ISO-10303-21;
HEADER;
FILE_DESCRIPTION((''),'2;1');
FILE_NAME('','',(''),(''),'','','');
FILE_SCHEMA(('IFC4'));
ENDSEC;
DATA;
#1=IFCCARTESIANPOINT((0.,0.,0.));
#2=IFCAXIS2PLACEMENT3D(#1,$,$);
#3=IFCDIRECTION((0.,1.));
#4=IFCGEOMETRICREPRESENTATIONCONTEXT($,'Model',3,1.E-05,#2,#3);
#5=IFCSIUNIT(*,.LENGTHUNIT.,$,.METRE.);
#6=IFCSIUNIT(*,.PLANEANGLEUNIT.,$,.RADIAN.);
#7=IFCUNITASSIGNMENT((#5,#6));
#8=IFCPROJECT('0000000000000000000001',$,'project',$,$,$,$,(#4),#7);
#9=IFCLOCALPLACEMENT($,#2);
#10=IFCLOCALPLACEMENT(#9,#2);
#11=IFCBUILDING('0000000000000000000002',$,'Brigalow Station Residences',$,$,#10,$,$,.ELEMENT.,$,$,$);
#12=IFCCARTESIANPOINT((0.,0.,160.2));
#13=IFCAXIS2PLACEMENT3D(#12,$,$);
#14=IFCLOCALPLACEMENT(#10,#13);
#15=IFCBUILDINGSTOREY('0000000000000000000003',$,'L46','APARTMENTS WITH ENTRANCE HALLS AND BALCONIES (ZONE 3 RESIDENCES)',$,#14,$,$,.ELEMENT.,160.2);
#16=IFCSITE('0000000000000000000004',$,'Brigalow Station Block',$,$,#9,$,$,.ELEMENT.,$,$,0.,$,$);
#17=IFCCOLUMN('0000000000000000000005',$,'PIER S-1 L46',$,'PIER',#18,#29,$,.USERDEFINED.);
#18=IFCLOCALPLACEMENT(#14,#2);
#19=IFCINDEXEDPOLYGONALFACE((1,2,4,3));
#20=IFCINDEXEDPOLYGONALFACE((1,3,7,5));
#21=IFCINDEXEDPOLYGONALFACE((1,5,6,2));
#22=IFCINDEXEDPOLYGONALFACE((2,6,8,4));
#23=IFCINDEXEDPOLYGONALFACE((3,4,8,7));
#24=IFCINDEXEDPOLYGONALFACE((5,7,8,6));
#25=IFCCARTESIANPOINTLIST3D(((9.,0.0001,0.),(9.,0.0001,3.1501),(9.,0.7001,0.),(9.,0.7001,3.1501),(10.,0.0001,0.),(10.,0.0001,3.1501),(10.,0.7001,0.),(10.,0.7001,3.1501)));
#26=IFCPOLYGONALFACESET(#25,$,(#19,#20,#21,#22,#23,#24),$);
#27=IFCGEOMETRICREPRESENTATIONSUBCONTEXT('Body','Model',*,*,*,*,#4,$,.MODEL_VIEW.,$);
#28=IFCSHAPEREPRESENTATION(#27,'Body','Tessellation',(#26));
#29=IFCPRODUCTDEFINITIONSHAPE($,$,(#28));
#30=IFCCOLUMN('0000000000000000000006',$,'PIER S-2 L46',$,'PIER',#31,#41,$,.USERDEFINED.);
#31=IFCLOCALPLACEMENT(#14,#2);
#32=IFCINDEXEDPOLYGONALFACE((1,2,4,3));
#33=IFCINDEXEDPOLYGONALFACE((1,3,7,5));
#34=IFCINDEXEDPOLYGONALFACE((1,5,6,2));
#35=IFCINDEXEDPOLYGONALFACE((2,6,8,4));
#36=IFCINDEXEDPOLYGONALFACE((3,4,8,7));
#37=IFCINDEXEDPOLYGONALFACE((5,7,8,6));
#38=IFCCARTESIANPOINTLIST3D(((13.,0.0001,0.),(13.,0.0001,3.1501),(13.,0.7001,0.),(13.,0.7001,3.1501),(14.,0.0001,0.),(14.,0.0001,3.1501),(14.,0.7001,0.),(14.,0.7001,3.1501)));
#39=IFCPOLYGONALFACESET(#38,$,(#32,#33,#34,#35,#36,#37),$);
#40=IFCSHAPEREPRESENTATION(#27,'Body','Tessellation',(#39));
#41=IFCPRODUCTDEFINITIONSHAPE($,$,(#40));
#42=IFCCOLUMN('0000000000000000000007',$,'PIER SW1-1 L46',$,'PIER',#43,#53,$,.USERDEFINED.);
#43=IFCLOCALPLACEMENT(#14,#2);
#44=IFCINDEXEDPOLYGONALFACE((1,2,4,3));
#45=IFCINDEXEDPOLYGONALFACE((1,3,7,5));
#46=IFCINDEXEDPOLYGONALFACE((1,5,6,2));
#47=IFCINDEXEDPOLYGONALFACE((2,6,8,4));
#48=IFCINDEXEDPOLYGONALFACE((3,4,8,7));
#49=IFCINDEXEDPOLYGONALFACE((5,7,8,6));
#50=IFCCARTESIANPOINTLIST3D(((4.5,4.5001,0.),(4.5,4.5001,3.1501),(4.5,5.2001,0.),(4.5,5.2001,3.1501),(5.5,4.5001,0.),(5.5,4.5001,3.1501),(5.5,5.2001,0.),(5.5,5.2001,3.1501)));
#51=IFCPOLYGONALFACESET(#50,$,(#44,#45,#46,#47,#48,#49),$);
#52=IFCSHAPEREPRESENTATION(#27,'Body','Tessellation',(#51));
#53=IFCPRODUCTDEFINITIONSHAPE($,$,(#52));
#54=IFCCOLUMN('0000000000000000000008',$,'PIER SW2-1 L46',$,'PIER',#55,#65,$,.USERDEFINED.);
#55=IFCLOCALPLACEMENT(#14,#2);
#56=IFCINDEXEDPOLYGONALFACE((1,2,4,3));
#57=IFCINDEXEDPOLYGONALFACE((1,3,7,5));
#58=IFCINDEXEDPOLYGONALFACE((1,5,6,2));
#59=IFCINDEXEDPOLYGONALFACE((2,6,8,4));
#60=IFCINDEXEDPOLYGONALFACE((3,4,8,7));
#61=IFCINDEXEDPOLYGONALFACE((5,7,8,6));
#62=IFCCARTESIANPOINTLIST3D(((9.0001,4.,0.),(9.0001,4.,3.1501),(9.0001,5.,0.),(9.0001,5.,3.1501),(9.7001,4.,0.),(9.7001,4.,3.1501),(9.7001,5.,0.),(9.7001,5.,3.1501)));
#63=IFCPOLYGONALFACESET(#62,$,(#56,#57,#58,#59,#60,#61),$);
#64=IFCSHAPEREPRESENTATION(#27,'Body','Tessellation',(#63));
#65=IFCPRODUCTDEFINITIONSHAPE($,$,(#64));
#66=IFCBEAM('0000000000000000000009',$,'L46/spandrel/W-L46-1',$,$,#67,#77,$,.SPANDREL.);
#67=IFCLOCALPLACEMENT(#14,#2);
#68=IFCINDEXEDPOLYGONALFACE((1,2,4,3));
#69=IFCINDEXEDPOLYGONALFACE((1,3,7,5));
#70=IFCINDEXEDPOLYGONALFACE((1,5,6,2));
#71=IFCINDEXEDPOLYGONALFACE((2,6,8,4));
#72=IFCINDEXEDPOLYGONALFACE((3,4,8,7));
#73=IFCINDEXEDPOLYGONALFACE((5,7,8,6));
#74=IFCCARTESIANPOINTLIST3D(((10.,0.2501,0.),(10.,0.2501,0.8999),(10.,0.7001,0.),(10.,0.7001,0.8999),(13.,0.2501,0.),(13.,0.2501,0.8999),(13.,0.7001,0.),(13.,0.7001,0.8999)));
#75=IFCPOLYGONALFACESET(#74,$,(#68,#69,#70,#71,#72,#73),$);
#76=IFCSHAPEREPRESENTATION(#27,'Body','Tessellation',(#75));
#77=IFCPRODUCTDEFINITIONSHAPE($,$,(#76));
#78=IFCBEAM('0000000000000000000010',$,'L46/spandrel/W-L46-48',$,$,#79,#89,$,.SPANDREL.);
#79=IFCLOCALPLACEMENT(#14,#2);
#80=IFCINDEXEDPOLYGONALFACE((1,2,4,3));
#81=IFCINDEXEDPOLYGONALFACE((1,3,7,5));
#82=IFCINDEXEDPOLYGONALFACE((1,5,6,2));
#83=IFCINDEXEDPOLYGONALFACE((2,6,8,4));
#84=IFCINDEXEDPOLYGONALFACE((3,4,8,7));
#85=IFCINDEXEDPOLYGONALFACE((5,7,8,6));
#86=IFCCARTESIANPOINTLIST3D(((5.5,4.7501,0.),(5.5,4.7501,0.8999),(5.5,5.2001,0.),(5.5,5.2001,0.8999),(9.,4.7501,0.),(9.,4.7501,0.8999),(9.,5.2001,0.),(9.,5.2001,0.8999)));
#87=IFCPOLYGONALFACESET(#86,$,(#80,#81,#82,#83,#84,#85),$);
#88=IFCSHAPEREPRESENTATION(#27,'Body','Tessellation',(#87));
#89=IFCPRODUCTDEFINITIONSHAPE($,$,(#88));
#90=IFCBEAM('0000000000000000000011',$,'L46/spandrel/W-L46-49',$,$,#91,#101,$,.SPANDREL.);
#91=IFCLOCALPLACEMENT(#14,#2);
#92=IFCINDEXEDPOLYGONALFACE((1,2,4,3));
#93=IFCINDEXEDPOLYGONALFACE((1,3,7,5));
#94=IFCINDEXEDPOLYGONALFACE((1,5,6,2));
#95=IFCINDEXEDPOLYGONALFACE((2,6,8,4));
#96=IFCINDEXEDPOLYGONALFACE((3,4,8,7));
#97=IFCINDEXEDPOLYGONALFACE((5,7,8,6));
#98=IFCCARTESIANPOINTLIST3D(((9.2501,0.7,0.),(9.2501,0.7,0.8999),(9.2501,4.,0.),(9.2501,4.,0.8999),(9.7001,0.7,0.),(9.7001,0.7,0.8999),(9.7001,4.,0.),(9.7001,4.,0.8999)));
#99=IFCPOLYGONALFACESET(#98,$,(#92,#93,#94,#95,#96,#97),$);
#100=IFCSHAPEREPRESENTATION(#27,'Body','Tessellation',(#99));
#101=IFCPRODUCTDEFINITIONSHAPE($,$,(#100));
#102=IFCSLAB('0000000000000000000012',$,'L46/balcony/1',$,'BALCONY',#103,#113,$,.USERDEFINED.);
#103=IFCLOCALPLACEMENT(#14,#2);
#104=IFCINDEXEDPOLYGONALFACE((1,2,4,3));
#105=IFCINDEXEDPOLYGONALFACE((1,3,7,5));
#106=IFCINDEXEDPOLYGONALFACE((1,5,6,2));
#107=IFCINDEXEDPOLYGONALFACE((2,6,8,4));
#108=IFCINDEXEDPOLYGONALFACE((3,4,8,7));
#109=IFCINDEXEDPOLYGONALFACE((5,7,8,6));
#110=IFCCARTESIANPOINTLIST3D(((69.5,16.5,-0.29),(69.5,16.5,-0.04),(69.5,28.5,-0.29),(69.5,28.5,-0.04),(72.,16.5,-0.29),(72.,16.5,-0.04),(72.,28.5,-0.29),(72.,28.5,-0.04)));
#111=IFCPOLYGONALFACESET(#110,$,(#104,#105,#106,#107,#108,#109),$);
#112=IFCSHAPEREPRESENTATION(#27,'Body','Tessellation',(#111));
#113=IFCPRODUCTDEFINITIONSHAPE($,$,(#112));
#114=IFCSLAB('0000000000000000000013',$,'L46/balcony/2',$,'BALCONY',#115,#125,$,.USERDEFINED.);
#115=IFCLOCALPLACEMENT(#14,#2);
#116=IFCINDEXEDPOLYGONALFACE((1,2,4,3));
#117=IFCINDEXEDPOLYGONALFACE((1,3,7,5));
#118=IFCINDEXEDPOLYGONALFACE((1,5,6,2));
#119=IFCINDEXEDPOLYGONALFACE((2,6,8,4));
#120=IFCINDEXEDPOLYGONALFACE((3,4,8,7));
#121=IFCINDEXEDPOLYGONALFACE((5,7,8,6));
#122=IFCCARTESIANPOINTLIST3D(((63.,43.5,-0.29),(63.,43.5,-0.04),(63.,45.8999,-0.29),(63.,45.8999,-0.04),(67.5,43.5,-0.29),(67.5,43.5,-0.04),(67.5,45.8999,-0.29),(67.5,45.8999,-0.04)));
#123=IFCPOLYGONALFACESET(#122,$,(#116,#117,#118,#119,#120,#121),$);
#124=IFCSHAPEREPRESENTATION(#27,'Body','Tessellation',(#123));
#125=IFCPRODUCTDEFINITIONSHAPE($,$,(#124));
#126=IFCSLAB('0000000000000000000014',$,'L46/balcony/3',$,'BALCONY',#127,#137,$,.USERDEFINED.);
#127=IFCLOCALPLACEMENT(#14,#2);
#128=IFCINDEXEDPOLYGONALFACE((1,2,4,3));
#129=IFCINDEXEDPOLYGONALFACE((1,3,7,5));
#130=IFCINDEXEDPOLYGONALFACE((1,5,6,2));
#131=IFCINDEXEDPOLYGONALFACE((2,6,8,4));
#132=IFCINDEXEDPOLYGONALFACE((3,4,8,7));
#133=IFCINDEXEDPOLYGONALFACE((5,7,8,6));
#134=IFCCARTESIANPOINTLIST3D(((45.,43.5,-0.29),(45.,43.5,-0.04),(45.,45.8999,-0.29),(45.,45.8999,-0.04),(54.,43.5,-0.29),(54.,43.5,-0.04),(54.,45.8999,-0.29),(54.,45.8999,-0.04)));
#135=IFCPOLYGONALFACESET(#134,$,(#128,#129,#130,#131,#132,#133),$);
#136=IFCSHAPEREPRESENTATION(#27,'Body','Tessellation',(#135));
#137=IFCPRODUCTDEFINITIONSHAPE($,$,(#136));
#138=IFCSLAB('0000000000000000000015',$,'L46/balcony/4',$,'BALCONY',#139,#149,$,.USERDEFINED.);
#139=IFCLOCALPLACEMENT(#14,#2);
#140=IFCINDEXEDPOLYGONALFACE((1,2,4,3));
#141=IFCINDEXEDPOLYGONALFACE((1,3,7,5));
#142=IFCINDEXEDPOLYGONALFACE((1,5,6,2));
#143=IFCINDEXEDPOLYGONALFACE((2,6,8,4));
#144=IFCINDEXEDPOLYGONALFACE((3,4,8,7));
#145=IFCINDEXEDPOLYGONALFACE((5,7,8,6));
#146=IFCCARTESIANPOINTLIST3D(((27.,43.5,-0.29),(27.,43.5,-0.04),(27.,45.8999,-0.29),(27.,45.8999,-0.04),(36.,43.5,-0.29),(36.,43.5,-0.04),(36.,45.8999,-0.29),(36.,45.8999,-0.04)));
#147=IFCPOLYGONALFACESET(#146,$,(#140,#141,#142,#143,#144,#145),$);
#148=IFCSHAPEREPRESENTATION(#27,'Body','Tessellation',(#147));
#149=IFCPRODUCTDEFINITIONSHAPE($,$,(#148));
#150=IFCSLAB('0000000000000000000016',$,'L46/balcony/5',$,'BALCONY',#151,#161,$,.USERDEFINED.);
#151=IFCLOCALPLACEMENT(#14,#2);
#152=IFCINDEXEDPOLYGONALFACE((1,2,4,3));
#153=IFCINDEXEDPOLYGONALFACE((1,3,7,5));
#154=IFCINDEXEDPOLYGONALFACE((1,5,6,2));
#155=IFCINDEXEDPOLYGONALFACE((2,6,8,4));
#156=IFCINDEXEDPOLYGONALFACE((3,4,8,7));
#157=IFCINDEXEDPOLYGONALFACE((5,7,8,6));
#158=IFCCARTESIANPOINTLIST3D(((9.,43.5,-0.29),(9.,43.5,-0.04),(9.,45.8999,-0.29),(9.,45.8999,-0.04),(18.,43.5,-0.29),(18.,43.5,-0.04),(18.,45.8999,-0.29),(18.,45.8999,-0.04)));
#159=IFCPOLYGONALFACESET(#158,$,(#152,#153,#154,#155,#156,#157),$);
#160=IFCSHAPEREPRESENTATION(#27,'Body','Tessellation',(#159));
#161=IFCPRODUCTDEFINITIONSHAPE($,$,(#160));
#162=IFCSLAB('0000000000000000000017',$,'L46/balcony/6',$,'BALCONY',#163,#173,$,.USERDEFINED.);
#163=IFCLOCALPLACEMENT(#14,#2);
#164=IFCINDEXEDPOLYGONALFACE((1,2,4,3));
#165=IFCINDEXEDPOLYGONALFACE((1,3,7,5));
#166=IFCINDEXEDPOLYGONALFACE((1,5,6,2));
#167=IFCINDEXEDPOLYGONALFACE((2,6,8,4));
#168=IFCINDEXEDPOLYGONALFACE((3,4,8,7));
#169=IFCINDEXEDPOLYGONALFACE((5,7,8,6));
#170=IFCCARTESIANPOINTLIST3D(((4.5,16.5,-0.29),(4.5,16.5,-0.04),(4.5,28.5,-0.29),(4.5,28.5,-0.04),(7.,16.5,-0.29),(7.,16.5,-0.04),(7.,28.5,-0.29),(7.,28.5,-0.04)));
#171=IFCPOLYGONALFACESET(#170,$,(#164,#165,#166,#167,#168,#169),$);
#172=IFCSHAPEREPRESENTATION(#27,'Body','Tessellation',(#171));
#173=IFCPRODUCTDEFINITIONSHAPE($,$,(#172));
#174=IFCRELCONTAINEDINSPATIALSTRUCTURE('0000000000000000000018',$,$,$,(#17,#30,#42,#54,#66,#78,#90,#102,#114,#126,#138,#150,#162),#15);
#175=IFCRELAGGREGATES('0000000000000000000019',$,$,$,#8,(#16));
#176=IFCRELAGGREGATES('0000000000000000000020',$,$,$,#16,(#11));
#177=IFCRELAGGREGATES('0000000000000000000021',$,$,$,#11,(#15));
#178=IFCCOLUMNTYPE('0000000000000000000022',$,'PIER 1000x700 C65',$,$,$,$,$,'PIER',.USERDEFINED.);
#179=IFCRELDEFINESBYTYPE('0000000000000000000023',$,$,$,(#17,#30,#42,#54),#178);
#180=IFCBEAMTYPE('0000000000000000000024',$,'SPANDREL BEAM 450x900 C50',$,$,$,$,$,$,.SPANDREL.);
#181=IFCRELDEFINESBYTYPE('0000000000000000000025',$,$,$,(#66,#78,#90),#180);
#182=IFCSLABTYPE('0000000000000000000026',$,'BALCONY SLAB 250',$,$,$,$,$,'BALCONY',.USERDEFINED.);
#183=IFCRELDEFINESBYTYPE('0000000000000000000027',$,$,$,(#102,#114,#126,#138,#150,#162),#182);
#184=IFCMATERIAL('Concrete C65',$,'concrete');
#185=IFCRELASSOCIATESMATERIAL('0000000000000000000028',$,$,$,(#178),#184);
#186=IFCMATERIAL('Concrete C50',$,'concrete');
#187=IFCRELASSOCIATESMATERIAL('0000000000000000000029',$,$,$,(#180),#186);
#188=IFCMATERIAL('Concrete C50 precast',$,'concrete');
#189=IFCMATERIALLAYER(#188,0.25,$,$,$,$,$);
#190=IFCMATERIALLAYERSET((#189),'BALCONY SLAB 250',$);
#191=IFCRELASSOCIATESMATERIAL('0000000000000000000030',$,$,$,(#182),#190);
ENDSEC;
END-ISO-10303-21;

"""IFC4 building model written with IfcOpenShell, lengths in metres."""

from ifc_helpers import new_model, si_unit, direction, frame, origin, origin_2d, place, context, subcontext, project, spatial, polyline, rectangle, outline, extrude, material, layer, layer_set, material_profile, profile_set, type_object, element, save


model = new_model("IFC4")

# Units and contexts
model_context = context("Model", 3, precision=1e-05, world=origin(), true_north=direction((0.0, 1.0)))
body_context = subcontext(model_context, "Body", "Model", "MODEL_VIEW")
ifc_project = project(units=[si_unit("LENGTHUNIT", "METRE"), si_unit("PLANEANGLEUNIT", "RADIAN")], contexts=[model_context])

# Site, building, storey
site_placement = place(None, origin())
site = spatial("IfcSite", under=ifc_project, at=site_placement, Name="Brigalow Station Block", CompositionType="ELEMENT", RefElevation=0.0)
building_placement = place(site_placement, origin())
building = spatial("IfcBuilding", under=site, at=building_placement, Name="Brigalow Station Residences", CompositionType="ELEMENT")
storey_placement = place(building_placement, frame((0.0, 0.0, 160.2)))
storey = spatial("IfcBuildingStorey", under=building, at=storey_placement, Name="L46", Description="APARTMENTS WITH ENTRANCE HALLS AND BALCONIES (ZONE 3 RESIDENCES)", CompositionType="ELEMENT", Elevation=160.2)

# Columns
ifc_material_1 = material(Name="Concrete C65", Category="concrete")
ifc_material_profile_1 = material_profile(ifc_material_1, rectangle(XDim=1.0, YDim=0.7, at=origin_2d()), Name="RC1000x700")
ifc_profile_set_1 = profile_set([ifc_material_profile_1], Name="Concrete C65")
column_type = type_object("IfcColumnType", Name="PIER 1000x700 C65", ElementType="PIER", PredefinedType="USERDEFINED", material=ifc_profile_set_1)
for number, where, z_axis, x_axis, name in (
    (1, (9.5, 0.3501, 0.0), (0.0, 0.0, 1.0), (1.0, 0.0, 0.0), "PIER S-1 L46"),
    (2, (13.5, 0.3501, 0.0), (0.0, 0.0, 1.0), (1.0, 0.0, 0.0), "PIER S-2 L46"),
    (3, (5.0, 4.8501, 0.0), (0.0, 0.0, 1.0), (1.0, 0.0, 0.0), "PIER SW1-1 L46"),
    (4, (9.3501, 4.5, 0.0), (0.0, 0.0, 1.0), (0.0, -1.0, 0.0), "PIER SW2-1 L46"),
):
    element("IfcColumn", number, at=place(storey_placement, frame(where, z_axis=z_axis, x_axis=x_axis)), inside=storey, type_object=column_type, Name=name, ObjectType="PIER", PredefinedType="USERDEFINED", context=body_context, shape_type="SweptSolid", body=[
        extrude(rectangle(XDim=1.0, YDim=0.7, at=origin_2d()), origin(), (0.0, 0.0, 1.0), 3.1501),
    ])

# Beams
ifc_material_2 = material(Name="Concrete C50", Category="concrete")
ifc_material_profile_2 = material_profile(ifc_material_2, rectangle(XDim=0.45, YDim=0.8999, at=origin_2d()), Name="RC450x900")
ifc_profile_set_2 = profile_set([ifc_material_profile_2], Name="Concrete C50")
beam_type = type_object("IfcBeamType", Name="SPANDREL BEAM 450x900 C50", PredefinedType="SPANDREL", material=ifc_profile_set_2)
beam_1_placement = place(storey_placement, frame((10.0, 0.4751, 0.45), z_axis=(1.0, 0.0, 0.0), x_axis=(0.0, 1.0, 0.0)))
element("IfcBeam", 5, at=beam_1_placement, inside=storey, type_object=beam_type, Name="L46/spandrel/W-L46-1", PredefinedType="SPANDREL", context=body_context, shape_type="SweptSolid", body=[
    extrude(rectangle(XDim=0.45, YDim=0.8999, at=origin_2d()), origin(), (0.0, 0.0, 1.0), 3.0),
])
beam_2_placement = place(storey_placement, frame((5.5, 4.9751, 0.45), z_axis=(1.0, 0.0, 0.0), x_axis=(0.0, 1.0, 0.0)))
element("IfcBeam", 6, at=beam_2_placement, inside=storey, type_object=beam_type, Name="L46/spandrel/W-L46-48", PredefinedType="SPANDREL", context=body_context, shape_type="SweptSolid", body=[
    extrude(rectangle(XDim=0.45, YDim=0.8999, at=origin_2d()), origin(), (0.0, 0.0, 1.0), 3.5),
])
beam_3_placement = place(storey_placement, frame((9.4751, 4.0, 0.45), z_axis=(0.0, -1.0, 0.0), x_axis=(1.0, 0.0, 0.0)))
element("IfcBeam", 7, at=beam_3_placement, inside=storey, type_object=beam_type, Name="L46/spandrel/W-L46-49", PredefinedType="SPANDREL", context=body_context, shape_type="SweptSolid", body=[
    extrude(rectangle(XDim=0.45, YDim=0.8999, at=origin_2d()), origin(), (0.0, 0.0, 1.0), 3.3),
])

# Slabs
ifc_material_3 = material(Name="Concrete C50 precast", Category="concrete")
ifc_layer_1 = layer(ifc_material_3, 0.25)
ifc_layer_set_1 = layer_set([ifc_layer_1], Name="BALCONY SLAB 250")
slab_type_1 = type_object("IfcSlabType", Name="BALCONY SLAB 250", ElementType="BALCONY", PredefinedType="USERDEFINED", material=ifc_layer_set_1)
slab_1_placement = place(storey_placement, frame((0.0, 0.0, -0.29)))
element("IfcSlab", 8, at=slab_1_placement, inside=storey, type_object=slab_type_1, Name="L46/balcony/1", ObjectType="BALCONY", PredefinedType="USERDEFINED", context=body_context, shape_type="SweptSolid", body=[
    extrude(outline(polyline([(69.5, 16.5), (72.0, 16.5), (72.0, 28.5), (69.5, 28.5), (69.5, 16.5)])), origin(), (0.0, 0.0, 1.0), 0.25),
])
slab_2_placement = place(storey_placement, frame((0.0, 0.0, -0.29)))
element("IfcSlab", 9, at=slab_2_placement, inside=storey, type_object=slab_type_1, Name="L46/balcony/2", ObjectType="BALCONY", PredefinedType="USERDEFINED", context=body_context, shape_type="SweptSolid", body=[
    extrude(outline(polyline([(67.5, 43.5), (67.5, 45.8999), (63.0, 45.8999), (63.0, 43.5), (67.5, 43.5)])), origin(), (0.0, 0.0, 1.0), 0.25),
])
slab_3_placement = place(storey_placement, frame((0.0, 0.0, -0.29)))
element("IfcSlab", 10, at=slab_3_placement, inside=storey, type_object=slab_type_1, Name="L46/balcony/3", ObjectType="BALCONY", PredefinedType="USERDEFINED", context=body_context, shape_type="SweptSolid", body=[
    extrude(outline(polyline([(54.0, 43.5), (54.0, 45.8999), (45.0, 45.8999), (45.0, 43.5), (54.0, 43.5)])), origin(), (0.0, 0.0, 1.0), 0.25),
])
slab_4_placement = place(storey_placement, frame((0.0, 0.0, -0.29)))
element("IfcSlab", 11, at=slab_4_placement, inside=storey, type_object=slab_type_1, Name="L46/balcony/4", ObjectType="BALCONY", PredefinedType="USERDEFINED", context=body_context, shape_type="SweptSolid", body=[
    extrude(outline(polyline([(36.0, 43.5), (36.0, 45.8999), (27.0, 45.8999), (27.0, 43.5), (36.0, 43.5)])), origin(), (0.0, 0.0, 1.0), 0.25),
])
slab_5_placement = place(storey_placement, frame((0.0, 0.0, -0.29)))
element("IfcSlab", 12, at=slab_5_placement, inside=storey, type_object=slab_type_1, Name="L46/balcony/5", ObjectType="BALCONY", PredefinedType="USERDEFINED", context=body_context, shape_type="SweptSolid", body=[
    extrude(outline(polyline([(18.0, 43.5), (18.0, 45.8999), (9.0, 45.8999), (9.0, 43.5), (18.0, 43.5)])), origin(), (0.0, 0.0, 1.0), 0.25),
])
slab_6_placement = place(storey_placement, frame((0.0, 0.0, -0.29)))
element("IfcSlab", 13, at=slab_6_placement, inside=storey, type_object=slab_type_1, Name="L46/balcony/6", ObjectType="BALCONY", PredefinedType="USERDEFINED", context=body_context, shape_type="SweptSolid", body=[
    extrude(outline(polyline([(7.0, 28.5), (4.5, 28.5), (4.5, 16.5), (7.0, 16.5), (7.0, 28.5)])), origin(), (0.0, 0.0, 1.0), 0.25),
])

save(model, "model.ifc")
